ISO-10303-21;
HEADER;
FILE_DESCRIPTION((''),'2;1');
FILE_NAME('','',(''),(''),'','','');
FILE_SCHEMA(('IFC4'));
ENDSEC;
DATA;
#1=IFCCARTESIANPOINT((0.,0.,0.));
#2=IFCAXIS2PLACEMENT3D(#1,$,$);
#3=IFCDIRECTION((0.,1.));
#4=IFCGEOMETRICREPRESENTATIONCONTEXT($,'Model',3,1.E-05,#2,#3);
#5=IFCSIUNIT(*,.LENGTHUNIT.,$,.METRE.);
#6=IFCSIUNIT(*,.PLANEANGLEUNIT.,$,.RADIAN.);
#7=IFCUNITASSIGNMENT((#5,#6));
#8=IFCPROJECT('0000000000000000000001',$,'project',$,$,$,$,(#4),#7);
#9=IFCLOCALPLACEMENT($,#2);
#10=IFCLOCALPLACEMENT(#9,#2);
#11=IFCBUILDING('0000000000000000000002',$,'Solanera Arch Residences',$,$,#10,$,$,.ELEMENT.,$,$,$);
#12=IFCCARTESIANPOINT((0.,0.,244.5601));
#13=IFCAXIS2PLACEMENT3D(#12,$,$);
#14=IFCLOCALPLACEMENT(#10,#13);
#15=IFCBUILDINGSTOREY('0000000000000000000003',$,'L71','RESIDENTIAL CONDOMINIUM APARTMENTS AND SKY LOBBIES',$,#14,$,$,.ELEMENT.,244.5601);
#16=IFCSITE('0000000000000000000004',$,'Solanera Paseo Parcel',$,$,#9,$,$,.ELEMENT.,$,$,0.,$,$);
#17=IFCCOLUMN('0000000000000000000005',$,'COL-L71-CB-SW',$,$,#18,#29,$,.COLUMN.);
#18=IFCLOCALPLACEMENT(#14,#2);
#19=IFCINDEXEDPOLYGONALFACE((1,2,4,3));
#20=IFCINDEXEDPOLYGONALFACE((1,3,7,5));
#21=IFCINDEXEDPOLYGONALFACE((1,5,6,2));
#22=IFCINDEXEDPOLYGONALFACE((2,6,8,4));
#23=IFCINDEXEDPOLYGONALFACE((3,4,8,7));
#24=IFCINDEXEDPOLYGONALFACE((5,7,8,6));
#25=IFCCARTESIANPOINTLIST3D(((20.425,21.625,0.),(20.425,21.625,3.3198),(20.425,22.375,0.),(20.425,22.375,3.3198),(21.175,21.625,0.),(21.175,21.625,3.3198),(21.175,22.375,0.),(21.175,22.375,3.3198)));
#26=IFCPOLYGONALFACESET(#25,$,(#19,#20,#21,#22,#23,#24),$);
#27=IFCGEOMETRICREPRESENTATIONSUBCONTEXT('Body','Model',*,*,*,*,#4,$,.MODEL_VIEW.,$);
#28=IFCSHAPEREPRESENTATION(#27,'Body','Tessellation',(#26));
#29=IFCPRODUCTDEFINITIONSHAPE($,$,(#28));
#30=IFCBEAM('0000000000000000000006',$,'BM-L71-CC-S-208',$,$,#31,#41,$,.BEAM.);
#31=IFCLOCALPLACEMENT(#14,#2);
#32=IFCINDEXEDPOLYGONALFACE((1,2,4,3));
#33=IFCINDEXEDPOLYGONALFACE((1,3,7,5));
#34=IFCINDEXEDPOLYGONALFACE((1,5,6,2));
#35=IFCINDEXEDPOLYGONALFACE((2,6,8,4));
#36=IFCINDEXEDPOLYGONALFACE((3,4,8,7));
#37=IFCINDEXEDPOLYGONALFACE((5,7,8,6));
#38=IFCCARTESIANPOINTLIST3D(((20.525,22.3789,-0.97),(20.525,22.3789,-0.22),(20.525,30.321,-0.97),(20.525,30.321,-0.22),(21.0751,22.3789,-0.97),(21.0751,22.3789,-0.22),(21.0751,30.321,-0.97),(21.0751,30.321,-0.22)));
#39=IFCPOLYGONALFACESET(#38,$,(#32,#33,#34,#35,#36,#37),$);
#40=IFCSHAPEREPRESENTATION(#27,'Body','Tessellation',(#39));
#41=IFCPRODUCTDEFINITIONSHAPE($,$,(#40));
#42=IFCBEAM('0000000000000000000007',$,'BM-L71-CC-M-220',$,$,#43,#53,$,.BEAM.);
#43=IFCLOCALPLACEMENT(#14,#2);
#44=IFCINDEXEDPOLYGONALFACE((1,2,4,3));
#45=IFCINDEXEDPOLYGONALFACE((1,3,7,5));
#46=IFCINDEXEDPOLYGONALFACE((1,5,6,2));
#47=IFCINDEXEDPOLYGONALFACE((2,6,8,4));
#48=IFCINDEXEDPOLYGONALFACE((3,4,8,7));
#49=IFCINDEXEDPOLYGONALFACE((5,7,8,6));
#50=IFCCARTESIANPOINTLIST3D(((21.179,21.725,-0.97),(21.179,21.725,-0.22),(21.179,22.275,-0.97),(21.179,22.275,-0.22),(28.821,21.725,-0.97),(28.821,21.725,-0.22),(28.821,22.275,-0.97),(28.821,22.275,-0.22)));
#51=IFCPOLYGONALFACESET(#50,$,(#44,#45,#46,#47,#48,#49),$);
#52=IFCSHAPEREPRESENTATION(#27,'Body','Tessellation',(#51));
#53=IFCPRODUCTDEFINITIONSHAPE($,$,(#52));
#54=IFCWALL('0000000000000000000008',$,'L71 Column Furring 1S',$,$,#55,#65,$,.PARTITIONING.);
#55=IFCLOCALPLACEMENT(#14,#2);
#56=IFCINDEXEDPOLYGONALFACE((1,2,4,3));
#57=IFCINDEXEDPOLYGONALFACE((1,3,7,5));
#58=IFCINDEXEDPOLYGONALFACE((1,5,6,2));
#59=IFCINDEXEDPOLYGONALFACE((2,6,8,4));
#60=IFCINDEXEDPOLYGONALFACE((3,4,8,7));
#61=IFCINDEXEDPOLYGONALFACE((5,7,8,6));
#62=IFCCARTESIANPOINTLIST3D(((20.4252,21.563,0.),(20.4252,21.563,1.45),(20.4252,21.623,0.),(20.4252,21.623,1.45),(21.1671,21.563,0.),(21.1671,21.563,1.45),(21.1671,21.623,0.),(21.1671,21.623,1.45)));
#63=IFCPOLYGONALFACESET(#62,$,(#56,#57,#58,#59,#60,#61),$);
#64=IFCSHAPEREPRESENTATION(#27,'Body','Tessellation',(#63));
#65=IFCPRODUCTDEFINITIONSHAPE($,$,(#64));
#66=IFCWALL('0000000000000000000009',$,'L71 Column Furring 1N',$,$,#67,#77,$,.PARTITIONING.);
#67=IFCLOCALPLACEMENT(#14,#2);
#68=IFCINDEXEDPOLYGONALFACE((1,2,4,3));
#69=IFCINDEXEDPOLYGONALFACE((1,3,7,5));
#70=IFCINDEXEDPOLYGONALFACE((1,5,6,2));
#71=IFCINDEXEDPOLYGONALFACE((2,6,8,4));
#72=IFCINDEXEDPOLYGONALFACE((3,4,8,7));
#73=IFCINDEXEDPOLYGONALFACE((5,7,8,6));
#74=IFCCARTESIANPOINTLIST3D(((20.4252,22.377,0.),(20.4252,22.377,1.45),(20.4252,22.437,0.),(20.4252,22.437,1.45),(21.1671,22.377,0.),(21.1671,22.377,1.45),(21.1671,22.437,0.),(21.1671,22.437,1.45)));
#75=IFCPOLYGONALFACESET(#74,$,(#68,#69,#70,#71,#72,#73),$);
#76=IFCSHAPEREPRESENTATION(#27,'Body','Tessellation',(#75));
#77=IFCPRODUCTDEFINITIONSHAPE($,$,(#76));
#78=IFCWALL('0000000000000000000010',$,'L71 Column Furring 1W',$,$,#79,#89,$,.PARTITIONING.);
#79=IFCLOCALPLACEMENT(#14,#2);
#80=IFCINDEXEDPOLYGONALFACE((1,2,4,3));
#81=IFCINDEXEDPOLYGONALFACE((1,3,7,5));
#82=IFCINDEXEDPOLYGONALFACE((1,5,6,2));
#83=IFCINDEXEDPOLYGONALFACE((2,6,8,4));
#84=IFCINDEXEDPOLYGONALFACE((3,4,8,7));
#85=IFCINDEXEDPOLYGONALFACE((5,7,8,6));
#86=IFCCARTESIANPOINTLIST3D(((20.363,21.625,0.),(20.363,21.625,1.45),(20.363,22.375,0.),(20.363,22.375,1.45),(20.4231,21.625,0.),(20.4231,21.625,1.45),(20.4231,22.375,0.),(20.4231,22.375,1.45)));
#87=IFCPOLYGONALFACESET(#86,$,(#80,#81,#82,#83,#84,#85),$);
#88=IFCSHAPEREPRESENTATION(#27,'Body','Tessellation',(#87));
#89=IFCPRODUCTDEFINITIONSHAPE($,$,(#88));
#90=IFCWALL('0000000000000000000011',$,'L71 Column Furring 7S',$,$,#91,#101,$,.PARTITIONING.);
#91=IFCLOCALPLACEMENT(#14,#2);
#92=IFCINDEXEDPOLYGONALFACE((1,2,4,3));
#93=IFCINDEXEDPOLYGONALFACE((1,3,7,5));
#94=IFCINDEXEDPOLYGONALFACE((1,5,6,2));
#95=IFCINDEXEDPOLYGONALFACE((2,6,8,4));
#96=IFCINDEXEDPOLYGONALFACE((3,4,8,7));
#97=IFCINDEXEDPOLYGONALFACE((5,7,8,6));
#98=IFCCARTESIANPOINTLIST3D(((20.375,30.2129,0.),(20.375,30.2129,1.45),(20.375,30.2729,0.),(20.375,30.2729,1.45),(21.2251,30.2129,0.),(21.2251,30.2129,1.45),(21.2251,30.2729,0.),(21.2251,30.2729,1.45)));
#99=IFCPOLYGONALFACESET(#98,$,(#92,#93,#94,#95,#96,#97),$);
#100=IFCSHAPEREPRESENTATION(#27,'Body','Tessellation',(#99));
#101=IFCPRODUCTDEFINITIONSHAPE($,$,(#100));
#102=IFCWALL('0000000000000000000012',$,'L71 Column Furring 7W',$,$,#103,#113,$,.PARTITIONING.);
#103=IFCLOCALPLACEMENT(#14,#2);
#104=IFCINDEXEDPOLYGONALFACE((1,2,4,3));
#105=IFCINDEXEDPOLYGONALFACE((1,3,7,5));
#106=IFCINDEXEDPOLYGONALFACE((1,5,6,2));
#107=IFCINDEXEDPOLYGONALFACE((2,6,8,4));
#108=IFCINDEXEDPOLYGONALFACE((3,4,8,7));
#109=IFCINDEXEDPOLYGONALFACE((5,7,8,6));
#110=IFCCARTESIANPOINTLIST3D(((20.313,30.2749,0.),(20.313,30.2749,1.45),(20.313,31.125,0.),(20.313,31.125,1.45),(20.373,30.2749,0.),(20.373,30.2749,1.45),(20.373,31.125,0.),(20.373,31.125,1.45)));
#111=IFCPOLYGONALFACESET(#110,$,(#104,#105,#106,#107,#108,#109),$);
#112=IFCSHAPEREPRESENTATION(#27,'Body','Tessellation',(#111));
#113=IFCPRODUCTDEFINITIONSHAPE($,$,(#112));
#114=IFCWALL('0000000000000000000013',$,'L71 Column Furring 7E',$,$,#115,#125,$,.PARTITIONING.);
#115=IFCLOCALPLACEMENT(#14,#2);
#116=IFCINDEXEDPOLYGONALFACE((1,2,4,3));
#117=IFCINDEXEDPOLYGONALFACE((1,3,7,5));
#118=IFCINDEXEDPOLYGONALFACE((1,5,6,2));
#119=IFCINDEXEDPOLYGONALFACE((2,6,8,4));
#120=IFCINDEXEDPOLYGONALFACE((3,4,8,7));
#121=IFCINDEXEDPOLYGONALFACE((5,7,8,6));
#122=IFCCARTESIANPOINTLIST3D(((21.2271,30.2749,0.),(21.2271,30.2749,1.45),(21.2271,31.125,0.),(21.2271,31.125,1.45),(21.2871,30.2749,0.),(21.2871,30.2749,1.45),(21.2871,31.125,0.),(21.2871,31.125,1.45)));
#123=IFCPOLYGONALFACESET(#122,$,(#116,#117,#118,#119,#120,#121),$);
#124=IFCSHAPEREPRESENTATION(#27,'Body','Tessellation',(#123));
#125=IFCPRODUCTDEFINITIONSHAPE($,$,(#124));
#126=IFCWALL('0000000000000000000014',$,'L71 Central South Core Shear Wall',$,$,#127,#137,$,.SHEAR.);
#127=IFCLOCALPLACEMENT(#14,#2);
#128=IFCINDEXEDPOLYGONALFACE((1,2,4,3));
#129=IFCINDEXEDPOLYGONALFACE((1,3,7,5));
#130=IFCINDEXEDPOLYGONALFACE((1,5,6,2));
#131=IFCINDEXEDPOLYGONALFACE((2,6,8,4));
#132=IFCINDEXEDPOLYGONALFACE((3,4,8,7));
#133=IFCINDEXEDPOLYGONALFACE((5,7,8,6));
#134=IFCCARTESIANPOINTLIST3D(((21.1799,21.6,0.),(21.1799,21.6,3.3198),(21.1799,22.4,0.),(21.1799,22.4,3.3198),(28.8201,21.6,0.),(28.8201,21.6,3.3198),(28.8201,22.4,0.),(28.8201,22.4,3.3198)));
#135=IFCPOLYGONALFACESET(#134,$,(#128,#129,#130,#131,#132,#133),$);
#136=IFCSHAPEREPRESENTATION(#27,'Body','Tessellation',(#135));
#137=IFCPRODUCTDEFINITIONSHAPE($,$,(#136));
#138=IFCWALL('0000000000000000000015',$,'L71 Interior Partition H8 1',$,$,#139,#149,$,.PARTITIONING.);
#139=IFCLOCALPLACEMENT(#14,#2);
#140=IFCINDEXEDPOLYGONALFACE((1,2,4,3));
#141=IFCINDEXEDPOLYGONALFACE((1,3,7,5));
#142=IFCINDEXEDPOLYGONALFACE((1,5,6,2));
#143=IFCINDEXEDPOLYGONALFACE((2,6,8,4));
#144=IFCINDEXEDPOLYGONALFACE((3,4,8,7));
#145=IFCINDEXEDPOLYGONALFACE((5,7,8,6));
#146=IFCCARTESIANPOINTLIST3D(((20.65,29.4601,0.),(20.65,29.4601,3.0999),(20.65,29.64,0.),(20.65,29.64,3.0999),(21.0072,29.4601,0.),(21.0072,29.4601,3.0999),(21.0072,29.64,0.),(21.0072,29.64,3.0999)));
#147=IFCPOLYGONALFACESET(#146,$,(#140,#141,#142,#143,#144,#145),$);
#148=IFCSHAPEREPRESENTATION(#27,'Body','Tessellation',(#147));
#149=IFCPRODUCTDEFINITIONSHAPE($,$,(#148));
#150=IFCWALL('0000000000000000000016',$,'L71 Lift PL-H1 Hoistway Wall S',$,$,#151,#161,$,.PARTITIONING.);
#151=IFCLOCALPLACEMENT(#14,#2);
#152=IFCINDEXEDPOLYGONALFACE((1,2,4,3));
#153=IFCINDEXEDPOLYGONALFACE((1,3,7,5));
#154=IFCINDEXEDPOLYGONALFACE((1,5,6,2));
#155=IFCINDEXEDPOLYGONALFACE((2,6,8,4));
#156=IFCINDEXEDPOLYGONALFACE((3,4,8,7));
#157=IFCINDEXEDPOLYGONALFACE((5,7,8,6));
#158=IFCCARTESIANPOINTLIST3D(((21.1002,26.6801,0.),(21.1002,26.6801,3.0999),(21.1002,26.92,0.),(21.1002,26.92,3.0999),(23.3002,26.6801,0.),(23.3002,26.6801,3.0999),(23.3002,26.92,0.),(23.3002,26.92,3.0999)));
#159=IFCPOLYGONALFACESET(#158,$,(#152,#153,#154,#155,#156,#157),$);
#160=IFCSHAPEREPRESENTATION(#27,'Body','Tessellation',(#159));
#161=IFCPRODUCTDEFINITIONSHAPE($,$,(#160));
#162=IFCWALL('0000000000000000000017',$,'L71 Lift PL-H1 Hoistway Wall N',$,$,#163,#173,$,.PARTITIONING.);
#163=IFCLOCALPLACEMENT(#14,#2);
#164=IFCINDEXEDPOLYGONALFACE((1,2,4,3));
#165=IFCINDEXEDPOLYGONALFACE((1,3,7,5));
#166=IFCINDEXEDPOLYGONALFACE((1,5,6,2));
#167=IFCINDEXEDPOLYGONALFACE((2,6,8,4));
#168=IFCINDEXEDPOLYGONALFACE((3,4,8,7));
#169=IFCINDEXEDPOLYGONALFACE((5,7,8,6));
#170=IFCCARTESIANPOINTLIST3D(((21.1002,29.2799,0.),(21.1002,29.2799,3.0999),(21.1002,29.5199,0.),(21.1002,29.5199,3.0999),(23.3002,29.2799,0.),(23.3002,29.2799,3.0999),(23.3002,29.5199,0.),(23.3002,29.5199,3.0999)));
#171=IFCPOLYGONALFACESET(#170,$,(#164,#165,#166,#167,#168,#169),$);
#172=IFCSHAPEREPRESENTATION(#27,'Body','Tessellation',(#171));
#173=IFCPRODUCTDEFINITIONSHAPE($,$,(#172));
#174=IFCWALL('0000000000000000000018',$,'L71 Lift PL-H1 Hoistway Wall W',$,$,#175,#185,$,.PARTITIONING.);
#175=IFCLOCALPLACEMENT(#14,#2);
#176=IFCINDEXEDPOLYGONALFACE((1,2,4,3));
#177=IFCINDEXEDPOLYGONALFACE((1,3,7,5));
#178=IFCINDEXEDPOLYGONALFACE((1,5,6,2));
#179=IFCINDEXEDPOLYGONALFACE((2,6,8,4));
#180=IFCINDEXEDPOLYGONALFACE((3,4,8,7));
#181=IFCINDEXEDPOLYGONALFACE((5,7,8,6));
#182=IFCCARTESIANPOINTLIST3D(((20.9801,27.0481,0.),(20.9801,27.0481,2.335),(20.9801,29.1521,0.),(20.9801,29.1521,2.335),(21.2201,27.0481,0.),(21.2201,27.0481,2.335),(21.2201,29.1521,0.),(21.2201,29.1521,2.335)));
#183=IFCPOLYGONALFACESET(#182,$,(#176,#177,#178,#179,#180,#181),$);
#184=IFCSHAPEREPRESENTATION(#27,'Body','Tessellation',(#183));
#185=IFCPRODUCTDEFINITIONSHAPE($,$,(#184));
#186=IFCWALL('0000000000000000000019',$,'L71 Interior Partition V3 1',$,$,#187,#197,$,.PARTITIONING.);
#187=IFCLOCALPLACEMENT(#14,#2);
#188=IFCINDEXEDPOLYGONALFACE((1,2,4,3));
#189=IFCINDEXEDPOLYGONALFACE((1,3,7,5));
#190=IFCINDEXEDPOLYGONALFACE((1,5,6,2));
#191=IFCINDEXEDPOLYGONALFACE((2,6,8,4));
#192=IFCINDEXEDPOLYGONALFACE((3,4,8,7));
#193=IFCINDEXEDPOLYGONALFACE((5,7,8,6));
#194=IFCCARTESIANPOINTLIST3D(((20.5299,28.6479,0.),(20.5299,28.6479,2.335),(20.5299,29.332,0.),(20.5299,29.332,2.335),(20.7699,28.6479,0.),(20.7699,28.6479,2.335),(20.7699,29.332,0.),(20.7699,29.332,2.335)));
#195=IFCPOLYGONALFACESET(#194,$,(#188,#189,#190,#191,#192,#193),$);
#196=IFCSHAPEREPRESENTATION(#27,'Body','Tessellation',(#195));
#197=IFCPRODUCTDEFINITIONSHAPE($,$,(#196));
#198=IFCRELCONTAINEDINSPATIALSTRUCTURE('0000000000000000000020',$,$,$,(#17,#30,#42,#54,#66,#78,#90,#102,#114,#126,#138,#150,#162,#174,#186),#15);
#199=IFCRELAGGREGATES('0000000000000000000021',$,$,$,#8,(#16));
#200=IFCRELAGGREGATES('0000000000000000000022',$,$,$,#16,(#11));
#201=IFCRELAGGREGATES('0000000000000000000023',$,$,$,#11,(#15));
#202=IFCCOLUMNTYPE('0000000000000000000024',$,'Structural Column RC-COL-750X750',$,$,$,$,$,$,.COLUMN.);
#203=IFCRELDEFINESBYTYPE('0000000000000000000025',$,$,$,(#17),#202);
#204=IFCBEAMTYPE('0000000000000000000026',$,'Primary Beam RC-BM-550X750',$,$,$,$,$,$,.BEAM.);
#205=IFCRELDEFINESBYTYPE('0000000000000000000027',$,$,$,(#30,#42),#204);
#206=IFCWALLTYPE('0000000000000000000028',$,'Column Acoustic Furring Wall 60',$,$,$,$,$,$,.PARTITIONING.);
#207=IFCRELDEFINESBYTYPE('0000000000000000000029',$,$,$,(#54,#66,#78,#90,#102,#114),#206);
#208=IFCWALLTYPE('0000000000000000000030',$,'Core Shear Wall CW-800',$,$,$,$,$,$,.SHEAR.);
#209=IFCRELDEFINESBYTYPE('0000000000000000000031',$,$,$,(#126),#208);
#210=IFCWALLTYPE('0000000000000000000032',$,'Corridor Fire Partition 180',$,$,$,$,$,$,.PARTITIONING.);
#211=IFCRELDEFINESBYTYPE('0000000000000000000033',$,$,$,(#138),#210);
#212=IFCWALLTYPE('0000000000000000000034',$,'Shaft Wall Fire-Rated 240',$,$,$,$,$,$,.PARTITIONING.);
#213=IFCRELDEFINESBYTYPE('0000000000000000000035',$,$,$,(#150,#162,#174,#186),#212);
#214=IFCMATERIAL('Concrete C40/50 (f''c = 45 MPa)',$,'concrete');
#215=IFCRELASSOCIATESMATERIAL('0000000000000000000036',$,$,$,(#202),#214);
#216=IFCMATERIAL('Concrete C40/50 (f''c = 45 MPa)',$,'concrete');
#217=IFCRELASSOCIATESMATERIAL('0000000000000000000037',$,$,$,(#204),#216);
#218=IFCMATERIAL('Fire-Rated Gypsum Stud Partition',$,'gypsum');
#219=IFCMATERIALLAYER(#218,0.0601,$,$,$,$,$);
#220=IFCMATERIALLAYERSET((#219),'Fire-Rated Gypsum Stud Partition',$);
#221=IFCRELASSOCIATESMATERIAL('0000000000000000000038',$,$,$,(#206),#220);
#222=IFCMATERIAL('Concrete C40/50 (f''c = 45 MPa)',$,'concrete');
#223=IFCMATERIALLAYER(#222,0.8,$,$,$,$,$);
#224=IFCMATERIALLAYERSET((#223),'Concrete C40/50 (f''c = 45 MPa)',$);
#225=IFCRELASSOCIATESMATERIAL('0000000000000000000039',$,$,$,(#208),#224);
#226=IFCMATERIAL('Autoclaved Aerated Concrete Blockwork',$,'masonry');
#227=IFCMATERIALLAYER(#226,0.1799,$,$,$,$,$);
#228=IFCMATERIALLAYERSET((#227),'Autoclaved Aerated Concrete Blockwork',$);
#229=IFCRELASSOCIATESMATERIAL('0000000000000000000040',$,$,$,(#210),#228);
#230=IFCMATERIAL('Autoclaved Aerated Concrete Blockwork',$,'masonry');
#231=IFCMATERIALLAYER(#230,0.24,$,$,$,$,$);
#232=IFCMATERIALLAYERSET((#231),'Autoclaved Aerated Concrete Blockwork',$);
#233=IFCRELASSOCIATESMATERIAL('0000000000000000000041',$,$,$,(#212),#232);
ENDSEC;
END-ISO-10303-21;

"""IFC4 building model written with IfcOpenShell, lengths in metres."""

from ifc_helpers import new_model, si_unit, direction, frame, frame_2d, origin, origin_2d, place, context, subcontext, project, spatial, rectangle, extrude, material, layer, layer_set, material_profile, profile_set, type_object, element, save


model = new_model("IFC4")

# Units and contexts
model_context = context("Model", 3, precision=1e-05, world=origin(), true_north=direction((0.0, 1.0)))
body_context = subcontext(model_context, "Body", "Model", "MODEL_VIEW")
ifc_project = project(units=[si_unit("LENGTHUNIT", "METRE"), si_unit("PLANEANGLEUNIT", "RADIAN")], contexts=[model_context])

# Site, building, storey
site_placement = place(None, origin())
site = spatial("IfcSite", under=ifc_project, at=site_placement, Name="Solanera Paseo Parcel", CompositionType="ELEMENT", RefElevation=0.0)
building_placement = place(site_placement, origin())
building = spatial("IfcBuilding", under=site, at=building_placement, Name="Solanera Arch Residences", CompositionType="ELEMENT")
storey_placement = place(building_placement, frame((0.0, 0.0, 244.5601)))
storey = spatial("IfcBuildingStorey", under=building, at=storey_placement, Name="L71", Description="RESIDENTIAL CONDOMINIUM APARTMENTS AND SKY LOBBIES", CompositionType="ELEMENT", Elevation=244.5601)

# Column
ifc_material_1 = material(Name="Concrete C40/50 (f'c = 45 MPa)", Category="concrete")
ifc_material_profile_1 = material_profile(ifc_material_1, rectangle(XDim=0.75, YDim=0.75, at=origin_2d()))
ifc_profile_set_1 = profile_set([ifc_material_profile_1], Name="Concrete C40/50 (f'c = 45 MPa)")
column_type = type_object("IfcColumnType", Name="Structural Column RC-COL-750X750", PredefinedType="COLUMN", material=ifc_profile_set_1)
column_placement = place(storey_placement, frame((20.8, 22.0, 0.0), z_axis=(0.0, 0.0, 1.0), x_axis=(1.0, 0.0, 0.0)))
element("IfcColumn", 1, at=column_placement, inside=storey, type_object=column_type, Name="COL-L71-CB-SW", PredefinedType="COLUMN", context=body_context, shape_type="SweptSolid", body=[
    extrude(rectangle(XDim=0.75, YDim=0.75, at=origin_2d()), origin(), (0.0, 0.0, 1.0), 3.3198),
])

# Beams
ifc_material_2 = material(Name="Concrete C40/50 (f'c = 45 MPa)", Category="concrete")
ifc_material_profile_2 = material_profile(ifc_material_2, rectangle(XDim=0.55, YDim=0.75, at=origin_2d()))
ifc_profile_set_2 = profile_set([ifc_material_profile_2], Name="Concrete C40/50 (f'c = 45 MPa)")
beam_type = type_object("IfcBeamType", Name="Primary Beam RC-BM-550X750", PredefinedType="BEAM", material=ifc_profile_set_2)
beam_1_placement = place(storey_placement, frame((20.8, 22.3789, -0.595), z_axis=(0.0, 1.0, 0.0), x_axis=(-1.0, 0.0, 0.0)))
element("IfcBeam", 2, at=beam_1_placement, inside=storey, type_object=beam_type, Name="BM-L71-CC-S-208", PredefinedType="BEAM", context=body_context, shape_type="SweptSolid", body=[
    extrude(rectangle(XDim=0.55, YDim=0.75, at=origin_2d()), origin(), (0.0, 0.0, 1.0), 7.9421),
])
beam_2_placement = place(storey_placement, frame((21.179, 22.0, -0.595), z_axis=(1.0, 0.0, 0.0), x_axis=(0.0, 1.0, 0.0)))
element("IfcBeam", 3, at=beam_2_placement, inside=storey, type_object=beam_type, Name="BM-L71-CC-M-220", PredefinedType="BEAM", context=body_context, shape_type="SweptSolid", body=[
    extrude(rectangle(XDim=0.55, YDim=0.75, at=origin_2d()), origin(), (0.0, 0.0, 1.0), 7.6421),
])

# Walls
ifc_material_3 = material(Name="Fire-Rated Gypsum Stud Partition", Category="gypsum")
ifc_layer_1 = layer(ifc_material_3, 0.0601)
ifc_layer_set_1 = layer_set([ifc_layer_1], Name="Fire-Rated Gypsum Stud Partition")
wall_type_1 = type_object("IfcWallType", Name="Column Acoustic Furring Wall 60", PredefinedType="PARTITIONING", material=ifc_layer_set_1)
for number, where, z_axis, x_axis, name in (
    (4, (20.425, 21.593, 0.0), (0.0, 0.0, 1.0), (1.0, 0.0, 0.0), "L71 Column Furring 1S"),
    (5, (20.425, 22.407, 0.0), (0.0, 0.0, 1.0), (1.0, 0.0, 0.0), "L71 Column Furring 1N"),
):
    element("IfcWall", number, at=place(storey_placement, frame(where, z_axis=z_axis, x_axis=x_axis)), inside=storey, type_object=wall_type_1, Name=name, PredefinedType="PARTITIONING", context=body_context, shape_type="SweptSolid", body=[
        extrude(rectangle(XDim=0.7419, YDim=0.0601, at=frame_2d((0.3711, 0.0))), origin(), (0.0, 0.0, 1.0), 1.45),
    ])
wall_1_placement = place(storey_placement, frame((20.3931, 21.625, 0.0), z_axis=(0.0, 0.0, 1.0), x_axis=(0.0, 1.0, 0.0)))
element("IfcWall", 6, at=wall_1_placement, inside=storey, type_object=wall_type_1, Name="L71 Column Furring 1W", PredefinedType="PARTITIONING", context=body_context, shape_type="SweptSolid", body=[
    extrude(rectangle(XDim=0.75, YDim=0.0601, at=frame_2d((0.375, 0.0))), origin(), (0.0, 0.0, 1.0), 1.45),
])
for number, where, z_axis, x_axis, name in (
    (7, (20.375, 30.2429, 0.0), (0.0, 0.0, 1.0), (1.0, 0.0, 0.0), "L71 Column Furring 7S"),
    (8, (20.343, 30.2749, 0.0), (0.0, 0.0, 1.0), (0.0, 1.0, 0.0), "L71 Column Furring 7W"),
    (9, (21.2571, 30.2749, 0.0), (0.0, 0.0, 1.0), (0.0, 1.0, 0.0), "L71 Column Furring 7E"),
):
    element("IfcWall", number, at=place(storey_placement, frame(where, z_axis=z_axis, x_axis=x_axis)), inside=storey, type_object=wall_type_1, Name=name, PredefinedType="PARTITIONING", context=body_context, shape_type="SweptSolid", body=[
        extrude(rectangle(XDim=0.8501, YDim=0.0601, at=frame_2d((0.425, 0.0))), origin(), (0.0, 0.0, 1.0), 1.45),
    ])

# Walls
ifc_material_4 = material(Name="Concrete C40/50 (f'c = 45 MPa)", Category="concrete")
ifc_layer_2 = layer(ifc_material_4, 0.8)
ifc_layer_set_2 = layer_set([ifc_layer_2], Name="Concrete C40/50 (f'c = 45 MPa)")
wall_type_2 = type_object("IfcWallType", Name="Core Shear Wall CW-800", PredefinedType="SHEAR", material=ifc_layer_set_2)
wall_2_placement = place(storey_placement, frame((21.1799, 22.0, 0.0), z_axis=(0.0, 0.0, 1.0), x_axis=(1.0, 0.0, 0.0)))
element("IfcWall", 10, at=wall_2_placement, inside=storey, type_object=wall_type_2, Name="L71 Central South Core Shear Wall", PredefinedType="SHEAR", context=body_context, shape_type="SweptSolid", body=[
    extrude(rectangle(XDim=7.6401, YDim=0.8, at=frame_2d((3.8201, 0.0))), origin(), (0.0, 0.0, 1.0), 3.3198),
])
ifc_material_5 = material(Name="Autoclaved Aerated Concrete Blockwork", Category="masonry")
ifc_layer_3 = layer(ifc_material_5, 0.1799)
ifc_layer_set_3 = layer_set([ifc_layer_3], Name="Autoclaved Aerated Concrete Blockwork")
wall_type_3 = type_object("IfcWallType", Name="Corridor Fire Partition 180", PredefinedType="PARTITIONING", material=ifc_layer_set_3)
wall_3_placement = place(storey_placement, frame((20.6499, 29.55, 0.0), z_axis=(0.0, 0.0, 1.0), x_axis=(1.0, 0.0, 0.0)))
element("IfcWall", 11, at=wall_3_placement, inside=storey, type_object=wall_type_3, Name="L71 Interior Partition H8 1", PredefinedType="PARTITIONING", context=body_context, shape_type="SweptSolid", body=[
    extrude(rectangle(XDim=0.3572, YDim=0.1799, at=frame_2d((0.1787, 0.0))), origin(), (0.0, 0.0, 1.0), 3.0999),
])
ifc_material_6 = material(Name="Autoclaved Aerated Concrete Blockwork", Category="masonry")
ifc_layer_4 = layer(ifc_material_6, 0.24)
ifc_layer_set_4 = layer_set([ifc_layer_4], Name="Autoclaved Aerated Concrete Blockwork")
wall_type_4 = type_object("IfcWallType", Name="Shaft Wall Fire-Rated 240", PredefinedType="PARTITIONING", material=ifc_layer_set_4)
for number, where, z_axis, x_axis, name in (
    (12, (21.1001, 26.8, 0.0), (0.0, 0.0, 1.0), (1.0, 0.0, 0.0), "L71 Lift PL-H1 Hoistway Wall S"),
    (13, (21.1001, 29.3999, 0.0), (0.0, 0.0, 1.0), (1.0, 0.0, 0.0), "L71 Lift PL-H1 Hoistway Wall N"),
):
    element("IfcWall", number, at=place(storey_placement, frame(where, z_axis=z_axis, x_axis=x_axis)), inside=storey, type_object=wall_type_4, Name=name, PredefinedType="PARTITIONING", context=body_context, shape_type="SweptSolid", body=[
        extrude(rectangle(XDim=2.2, YDim=0.24, at=frame_2d((1.1001, 0.0))), origin(), (0.0, 0.0, 1.0), 3.0999),
    ])
wall_4_placement = place(storey_placement, frame((21.1001, 27.0481, 0.0), z_axis=(0.0, 0.0, 1.0), x_axis=(0.0, 1.0, 0.0)))
element("IfcWall", 14, at=wall_4_placement, inside=storey, type_object=wall_type_4, Name="L71 Lift PL-H1 Hoistway Wall W", PredefinedType="PARTITIONING", context=body_context, shape_type="SweptSolid", body=[
    extrude(rectangle(XDim=2.104, YDim=0.24, at=frame_2d((1.052, 0.0))), origin(), (0.0, 0.0, 1.0), 2.335),
])

# Wall
wall_5_placement = place(storey_placement, frame((20.6499, 28.6479, 0.0), z_axis=(0.0, 0.0, 1.0), x_axis=(0.0, 1.0, 0.0)))
element("IfcWall", 15, at=wall_5_placement, inside=storey, type_object=wall_type_4, Name="L71 Interior Partition V3 1", PredefinedType="PARTITIONING", context=body_context, shape_type="SweptSolid", body=[
    extrude(rectangle(XDim=0.6841, YDim=0.24, at=frame_2d((0.342, 0.0))), origin(), (0.0, 0.0, 1.0), 2.335),
])

save(model, "model.ifc")
